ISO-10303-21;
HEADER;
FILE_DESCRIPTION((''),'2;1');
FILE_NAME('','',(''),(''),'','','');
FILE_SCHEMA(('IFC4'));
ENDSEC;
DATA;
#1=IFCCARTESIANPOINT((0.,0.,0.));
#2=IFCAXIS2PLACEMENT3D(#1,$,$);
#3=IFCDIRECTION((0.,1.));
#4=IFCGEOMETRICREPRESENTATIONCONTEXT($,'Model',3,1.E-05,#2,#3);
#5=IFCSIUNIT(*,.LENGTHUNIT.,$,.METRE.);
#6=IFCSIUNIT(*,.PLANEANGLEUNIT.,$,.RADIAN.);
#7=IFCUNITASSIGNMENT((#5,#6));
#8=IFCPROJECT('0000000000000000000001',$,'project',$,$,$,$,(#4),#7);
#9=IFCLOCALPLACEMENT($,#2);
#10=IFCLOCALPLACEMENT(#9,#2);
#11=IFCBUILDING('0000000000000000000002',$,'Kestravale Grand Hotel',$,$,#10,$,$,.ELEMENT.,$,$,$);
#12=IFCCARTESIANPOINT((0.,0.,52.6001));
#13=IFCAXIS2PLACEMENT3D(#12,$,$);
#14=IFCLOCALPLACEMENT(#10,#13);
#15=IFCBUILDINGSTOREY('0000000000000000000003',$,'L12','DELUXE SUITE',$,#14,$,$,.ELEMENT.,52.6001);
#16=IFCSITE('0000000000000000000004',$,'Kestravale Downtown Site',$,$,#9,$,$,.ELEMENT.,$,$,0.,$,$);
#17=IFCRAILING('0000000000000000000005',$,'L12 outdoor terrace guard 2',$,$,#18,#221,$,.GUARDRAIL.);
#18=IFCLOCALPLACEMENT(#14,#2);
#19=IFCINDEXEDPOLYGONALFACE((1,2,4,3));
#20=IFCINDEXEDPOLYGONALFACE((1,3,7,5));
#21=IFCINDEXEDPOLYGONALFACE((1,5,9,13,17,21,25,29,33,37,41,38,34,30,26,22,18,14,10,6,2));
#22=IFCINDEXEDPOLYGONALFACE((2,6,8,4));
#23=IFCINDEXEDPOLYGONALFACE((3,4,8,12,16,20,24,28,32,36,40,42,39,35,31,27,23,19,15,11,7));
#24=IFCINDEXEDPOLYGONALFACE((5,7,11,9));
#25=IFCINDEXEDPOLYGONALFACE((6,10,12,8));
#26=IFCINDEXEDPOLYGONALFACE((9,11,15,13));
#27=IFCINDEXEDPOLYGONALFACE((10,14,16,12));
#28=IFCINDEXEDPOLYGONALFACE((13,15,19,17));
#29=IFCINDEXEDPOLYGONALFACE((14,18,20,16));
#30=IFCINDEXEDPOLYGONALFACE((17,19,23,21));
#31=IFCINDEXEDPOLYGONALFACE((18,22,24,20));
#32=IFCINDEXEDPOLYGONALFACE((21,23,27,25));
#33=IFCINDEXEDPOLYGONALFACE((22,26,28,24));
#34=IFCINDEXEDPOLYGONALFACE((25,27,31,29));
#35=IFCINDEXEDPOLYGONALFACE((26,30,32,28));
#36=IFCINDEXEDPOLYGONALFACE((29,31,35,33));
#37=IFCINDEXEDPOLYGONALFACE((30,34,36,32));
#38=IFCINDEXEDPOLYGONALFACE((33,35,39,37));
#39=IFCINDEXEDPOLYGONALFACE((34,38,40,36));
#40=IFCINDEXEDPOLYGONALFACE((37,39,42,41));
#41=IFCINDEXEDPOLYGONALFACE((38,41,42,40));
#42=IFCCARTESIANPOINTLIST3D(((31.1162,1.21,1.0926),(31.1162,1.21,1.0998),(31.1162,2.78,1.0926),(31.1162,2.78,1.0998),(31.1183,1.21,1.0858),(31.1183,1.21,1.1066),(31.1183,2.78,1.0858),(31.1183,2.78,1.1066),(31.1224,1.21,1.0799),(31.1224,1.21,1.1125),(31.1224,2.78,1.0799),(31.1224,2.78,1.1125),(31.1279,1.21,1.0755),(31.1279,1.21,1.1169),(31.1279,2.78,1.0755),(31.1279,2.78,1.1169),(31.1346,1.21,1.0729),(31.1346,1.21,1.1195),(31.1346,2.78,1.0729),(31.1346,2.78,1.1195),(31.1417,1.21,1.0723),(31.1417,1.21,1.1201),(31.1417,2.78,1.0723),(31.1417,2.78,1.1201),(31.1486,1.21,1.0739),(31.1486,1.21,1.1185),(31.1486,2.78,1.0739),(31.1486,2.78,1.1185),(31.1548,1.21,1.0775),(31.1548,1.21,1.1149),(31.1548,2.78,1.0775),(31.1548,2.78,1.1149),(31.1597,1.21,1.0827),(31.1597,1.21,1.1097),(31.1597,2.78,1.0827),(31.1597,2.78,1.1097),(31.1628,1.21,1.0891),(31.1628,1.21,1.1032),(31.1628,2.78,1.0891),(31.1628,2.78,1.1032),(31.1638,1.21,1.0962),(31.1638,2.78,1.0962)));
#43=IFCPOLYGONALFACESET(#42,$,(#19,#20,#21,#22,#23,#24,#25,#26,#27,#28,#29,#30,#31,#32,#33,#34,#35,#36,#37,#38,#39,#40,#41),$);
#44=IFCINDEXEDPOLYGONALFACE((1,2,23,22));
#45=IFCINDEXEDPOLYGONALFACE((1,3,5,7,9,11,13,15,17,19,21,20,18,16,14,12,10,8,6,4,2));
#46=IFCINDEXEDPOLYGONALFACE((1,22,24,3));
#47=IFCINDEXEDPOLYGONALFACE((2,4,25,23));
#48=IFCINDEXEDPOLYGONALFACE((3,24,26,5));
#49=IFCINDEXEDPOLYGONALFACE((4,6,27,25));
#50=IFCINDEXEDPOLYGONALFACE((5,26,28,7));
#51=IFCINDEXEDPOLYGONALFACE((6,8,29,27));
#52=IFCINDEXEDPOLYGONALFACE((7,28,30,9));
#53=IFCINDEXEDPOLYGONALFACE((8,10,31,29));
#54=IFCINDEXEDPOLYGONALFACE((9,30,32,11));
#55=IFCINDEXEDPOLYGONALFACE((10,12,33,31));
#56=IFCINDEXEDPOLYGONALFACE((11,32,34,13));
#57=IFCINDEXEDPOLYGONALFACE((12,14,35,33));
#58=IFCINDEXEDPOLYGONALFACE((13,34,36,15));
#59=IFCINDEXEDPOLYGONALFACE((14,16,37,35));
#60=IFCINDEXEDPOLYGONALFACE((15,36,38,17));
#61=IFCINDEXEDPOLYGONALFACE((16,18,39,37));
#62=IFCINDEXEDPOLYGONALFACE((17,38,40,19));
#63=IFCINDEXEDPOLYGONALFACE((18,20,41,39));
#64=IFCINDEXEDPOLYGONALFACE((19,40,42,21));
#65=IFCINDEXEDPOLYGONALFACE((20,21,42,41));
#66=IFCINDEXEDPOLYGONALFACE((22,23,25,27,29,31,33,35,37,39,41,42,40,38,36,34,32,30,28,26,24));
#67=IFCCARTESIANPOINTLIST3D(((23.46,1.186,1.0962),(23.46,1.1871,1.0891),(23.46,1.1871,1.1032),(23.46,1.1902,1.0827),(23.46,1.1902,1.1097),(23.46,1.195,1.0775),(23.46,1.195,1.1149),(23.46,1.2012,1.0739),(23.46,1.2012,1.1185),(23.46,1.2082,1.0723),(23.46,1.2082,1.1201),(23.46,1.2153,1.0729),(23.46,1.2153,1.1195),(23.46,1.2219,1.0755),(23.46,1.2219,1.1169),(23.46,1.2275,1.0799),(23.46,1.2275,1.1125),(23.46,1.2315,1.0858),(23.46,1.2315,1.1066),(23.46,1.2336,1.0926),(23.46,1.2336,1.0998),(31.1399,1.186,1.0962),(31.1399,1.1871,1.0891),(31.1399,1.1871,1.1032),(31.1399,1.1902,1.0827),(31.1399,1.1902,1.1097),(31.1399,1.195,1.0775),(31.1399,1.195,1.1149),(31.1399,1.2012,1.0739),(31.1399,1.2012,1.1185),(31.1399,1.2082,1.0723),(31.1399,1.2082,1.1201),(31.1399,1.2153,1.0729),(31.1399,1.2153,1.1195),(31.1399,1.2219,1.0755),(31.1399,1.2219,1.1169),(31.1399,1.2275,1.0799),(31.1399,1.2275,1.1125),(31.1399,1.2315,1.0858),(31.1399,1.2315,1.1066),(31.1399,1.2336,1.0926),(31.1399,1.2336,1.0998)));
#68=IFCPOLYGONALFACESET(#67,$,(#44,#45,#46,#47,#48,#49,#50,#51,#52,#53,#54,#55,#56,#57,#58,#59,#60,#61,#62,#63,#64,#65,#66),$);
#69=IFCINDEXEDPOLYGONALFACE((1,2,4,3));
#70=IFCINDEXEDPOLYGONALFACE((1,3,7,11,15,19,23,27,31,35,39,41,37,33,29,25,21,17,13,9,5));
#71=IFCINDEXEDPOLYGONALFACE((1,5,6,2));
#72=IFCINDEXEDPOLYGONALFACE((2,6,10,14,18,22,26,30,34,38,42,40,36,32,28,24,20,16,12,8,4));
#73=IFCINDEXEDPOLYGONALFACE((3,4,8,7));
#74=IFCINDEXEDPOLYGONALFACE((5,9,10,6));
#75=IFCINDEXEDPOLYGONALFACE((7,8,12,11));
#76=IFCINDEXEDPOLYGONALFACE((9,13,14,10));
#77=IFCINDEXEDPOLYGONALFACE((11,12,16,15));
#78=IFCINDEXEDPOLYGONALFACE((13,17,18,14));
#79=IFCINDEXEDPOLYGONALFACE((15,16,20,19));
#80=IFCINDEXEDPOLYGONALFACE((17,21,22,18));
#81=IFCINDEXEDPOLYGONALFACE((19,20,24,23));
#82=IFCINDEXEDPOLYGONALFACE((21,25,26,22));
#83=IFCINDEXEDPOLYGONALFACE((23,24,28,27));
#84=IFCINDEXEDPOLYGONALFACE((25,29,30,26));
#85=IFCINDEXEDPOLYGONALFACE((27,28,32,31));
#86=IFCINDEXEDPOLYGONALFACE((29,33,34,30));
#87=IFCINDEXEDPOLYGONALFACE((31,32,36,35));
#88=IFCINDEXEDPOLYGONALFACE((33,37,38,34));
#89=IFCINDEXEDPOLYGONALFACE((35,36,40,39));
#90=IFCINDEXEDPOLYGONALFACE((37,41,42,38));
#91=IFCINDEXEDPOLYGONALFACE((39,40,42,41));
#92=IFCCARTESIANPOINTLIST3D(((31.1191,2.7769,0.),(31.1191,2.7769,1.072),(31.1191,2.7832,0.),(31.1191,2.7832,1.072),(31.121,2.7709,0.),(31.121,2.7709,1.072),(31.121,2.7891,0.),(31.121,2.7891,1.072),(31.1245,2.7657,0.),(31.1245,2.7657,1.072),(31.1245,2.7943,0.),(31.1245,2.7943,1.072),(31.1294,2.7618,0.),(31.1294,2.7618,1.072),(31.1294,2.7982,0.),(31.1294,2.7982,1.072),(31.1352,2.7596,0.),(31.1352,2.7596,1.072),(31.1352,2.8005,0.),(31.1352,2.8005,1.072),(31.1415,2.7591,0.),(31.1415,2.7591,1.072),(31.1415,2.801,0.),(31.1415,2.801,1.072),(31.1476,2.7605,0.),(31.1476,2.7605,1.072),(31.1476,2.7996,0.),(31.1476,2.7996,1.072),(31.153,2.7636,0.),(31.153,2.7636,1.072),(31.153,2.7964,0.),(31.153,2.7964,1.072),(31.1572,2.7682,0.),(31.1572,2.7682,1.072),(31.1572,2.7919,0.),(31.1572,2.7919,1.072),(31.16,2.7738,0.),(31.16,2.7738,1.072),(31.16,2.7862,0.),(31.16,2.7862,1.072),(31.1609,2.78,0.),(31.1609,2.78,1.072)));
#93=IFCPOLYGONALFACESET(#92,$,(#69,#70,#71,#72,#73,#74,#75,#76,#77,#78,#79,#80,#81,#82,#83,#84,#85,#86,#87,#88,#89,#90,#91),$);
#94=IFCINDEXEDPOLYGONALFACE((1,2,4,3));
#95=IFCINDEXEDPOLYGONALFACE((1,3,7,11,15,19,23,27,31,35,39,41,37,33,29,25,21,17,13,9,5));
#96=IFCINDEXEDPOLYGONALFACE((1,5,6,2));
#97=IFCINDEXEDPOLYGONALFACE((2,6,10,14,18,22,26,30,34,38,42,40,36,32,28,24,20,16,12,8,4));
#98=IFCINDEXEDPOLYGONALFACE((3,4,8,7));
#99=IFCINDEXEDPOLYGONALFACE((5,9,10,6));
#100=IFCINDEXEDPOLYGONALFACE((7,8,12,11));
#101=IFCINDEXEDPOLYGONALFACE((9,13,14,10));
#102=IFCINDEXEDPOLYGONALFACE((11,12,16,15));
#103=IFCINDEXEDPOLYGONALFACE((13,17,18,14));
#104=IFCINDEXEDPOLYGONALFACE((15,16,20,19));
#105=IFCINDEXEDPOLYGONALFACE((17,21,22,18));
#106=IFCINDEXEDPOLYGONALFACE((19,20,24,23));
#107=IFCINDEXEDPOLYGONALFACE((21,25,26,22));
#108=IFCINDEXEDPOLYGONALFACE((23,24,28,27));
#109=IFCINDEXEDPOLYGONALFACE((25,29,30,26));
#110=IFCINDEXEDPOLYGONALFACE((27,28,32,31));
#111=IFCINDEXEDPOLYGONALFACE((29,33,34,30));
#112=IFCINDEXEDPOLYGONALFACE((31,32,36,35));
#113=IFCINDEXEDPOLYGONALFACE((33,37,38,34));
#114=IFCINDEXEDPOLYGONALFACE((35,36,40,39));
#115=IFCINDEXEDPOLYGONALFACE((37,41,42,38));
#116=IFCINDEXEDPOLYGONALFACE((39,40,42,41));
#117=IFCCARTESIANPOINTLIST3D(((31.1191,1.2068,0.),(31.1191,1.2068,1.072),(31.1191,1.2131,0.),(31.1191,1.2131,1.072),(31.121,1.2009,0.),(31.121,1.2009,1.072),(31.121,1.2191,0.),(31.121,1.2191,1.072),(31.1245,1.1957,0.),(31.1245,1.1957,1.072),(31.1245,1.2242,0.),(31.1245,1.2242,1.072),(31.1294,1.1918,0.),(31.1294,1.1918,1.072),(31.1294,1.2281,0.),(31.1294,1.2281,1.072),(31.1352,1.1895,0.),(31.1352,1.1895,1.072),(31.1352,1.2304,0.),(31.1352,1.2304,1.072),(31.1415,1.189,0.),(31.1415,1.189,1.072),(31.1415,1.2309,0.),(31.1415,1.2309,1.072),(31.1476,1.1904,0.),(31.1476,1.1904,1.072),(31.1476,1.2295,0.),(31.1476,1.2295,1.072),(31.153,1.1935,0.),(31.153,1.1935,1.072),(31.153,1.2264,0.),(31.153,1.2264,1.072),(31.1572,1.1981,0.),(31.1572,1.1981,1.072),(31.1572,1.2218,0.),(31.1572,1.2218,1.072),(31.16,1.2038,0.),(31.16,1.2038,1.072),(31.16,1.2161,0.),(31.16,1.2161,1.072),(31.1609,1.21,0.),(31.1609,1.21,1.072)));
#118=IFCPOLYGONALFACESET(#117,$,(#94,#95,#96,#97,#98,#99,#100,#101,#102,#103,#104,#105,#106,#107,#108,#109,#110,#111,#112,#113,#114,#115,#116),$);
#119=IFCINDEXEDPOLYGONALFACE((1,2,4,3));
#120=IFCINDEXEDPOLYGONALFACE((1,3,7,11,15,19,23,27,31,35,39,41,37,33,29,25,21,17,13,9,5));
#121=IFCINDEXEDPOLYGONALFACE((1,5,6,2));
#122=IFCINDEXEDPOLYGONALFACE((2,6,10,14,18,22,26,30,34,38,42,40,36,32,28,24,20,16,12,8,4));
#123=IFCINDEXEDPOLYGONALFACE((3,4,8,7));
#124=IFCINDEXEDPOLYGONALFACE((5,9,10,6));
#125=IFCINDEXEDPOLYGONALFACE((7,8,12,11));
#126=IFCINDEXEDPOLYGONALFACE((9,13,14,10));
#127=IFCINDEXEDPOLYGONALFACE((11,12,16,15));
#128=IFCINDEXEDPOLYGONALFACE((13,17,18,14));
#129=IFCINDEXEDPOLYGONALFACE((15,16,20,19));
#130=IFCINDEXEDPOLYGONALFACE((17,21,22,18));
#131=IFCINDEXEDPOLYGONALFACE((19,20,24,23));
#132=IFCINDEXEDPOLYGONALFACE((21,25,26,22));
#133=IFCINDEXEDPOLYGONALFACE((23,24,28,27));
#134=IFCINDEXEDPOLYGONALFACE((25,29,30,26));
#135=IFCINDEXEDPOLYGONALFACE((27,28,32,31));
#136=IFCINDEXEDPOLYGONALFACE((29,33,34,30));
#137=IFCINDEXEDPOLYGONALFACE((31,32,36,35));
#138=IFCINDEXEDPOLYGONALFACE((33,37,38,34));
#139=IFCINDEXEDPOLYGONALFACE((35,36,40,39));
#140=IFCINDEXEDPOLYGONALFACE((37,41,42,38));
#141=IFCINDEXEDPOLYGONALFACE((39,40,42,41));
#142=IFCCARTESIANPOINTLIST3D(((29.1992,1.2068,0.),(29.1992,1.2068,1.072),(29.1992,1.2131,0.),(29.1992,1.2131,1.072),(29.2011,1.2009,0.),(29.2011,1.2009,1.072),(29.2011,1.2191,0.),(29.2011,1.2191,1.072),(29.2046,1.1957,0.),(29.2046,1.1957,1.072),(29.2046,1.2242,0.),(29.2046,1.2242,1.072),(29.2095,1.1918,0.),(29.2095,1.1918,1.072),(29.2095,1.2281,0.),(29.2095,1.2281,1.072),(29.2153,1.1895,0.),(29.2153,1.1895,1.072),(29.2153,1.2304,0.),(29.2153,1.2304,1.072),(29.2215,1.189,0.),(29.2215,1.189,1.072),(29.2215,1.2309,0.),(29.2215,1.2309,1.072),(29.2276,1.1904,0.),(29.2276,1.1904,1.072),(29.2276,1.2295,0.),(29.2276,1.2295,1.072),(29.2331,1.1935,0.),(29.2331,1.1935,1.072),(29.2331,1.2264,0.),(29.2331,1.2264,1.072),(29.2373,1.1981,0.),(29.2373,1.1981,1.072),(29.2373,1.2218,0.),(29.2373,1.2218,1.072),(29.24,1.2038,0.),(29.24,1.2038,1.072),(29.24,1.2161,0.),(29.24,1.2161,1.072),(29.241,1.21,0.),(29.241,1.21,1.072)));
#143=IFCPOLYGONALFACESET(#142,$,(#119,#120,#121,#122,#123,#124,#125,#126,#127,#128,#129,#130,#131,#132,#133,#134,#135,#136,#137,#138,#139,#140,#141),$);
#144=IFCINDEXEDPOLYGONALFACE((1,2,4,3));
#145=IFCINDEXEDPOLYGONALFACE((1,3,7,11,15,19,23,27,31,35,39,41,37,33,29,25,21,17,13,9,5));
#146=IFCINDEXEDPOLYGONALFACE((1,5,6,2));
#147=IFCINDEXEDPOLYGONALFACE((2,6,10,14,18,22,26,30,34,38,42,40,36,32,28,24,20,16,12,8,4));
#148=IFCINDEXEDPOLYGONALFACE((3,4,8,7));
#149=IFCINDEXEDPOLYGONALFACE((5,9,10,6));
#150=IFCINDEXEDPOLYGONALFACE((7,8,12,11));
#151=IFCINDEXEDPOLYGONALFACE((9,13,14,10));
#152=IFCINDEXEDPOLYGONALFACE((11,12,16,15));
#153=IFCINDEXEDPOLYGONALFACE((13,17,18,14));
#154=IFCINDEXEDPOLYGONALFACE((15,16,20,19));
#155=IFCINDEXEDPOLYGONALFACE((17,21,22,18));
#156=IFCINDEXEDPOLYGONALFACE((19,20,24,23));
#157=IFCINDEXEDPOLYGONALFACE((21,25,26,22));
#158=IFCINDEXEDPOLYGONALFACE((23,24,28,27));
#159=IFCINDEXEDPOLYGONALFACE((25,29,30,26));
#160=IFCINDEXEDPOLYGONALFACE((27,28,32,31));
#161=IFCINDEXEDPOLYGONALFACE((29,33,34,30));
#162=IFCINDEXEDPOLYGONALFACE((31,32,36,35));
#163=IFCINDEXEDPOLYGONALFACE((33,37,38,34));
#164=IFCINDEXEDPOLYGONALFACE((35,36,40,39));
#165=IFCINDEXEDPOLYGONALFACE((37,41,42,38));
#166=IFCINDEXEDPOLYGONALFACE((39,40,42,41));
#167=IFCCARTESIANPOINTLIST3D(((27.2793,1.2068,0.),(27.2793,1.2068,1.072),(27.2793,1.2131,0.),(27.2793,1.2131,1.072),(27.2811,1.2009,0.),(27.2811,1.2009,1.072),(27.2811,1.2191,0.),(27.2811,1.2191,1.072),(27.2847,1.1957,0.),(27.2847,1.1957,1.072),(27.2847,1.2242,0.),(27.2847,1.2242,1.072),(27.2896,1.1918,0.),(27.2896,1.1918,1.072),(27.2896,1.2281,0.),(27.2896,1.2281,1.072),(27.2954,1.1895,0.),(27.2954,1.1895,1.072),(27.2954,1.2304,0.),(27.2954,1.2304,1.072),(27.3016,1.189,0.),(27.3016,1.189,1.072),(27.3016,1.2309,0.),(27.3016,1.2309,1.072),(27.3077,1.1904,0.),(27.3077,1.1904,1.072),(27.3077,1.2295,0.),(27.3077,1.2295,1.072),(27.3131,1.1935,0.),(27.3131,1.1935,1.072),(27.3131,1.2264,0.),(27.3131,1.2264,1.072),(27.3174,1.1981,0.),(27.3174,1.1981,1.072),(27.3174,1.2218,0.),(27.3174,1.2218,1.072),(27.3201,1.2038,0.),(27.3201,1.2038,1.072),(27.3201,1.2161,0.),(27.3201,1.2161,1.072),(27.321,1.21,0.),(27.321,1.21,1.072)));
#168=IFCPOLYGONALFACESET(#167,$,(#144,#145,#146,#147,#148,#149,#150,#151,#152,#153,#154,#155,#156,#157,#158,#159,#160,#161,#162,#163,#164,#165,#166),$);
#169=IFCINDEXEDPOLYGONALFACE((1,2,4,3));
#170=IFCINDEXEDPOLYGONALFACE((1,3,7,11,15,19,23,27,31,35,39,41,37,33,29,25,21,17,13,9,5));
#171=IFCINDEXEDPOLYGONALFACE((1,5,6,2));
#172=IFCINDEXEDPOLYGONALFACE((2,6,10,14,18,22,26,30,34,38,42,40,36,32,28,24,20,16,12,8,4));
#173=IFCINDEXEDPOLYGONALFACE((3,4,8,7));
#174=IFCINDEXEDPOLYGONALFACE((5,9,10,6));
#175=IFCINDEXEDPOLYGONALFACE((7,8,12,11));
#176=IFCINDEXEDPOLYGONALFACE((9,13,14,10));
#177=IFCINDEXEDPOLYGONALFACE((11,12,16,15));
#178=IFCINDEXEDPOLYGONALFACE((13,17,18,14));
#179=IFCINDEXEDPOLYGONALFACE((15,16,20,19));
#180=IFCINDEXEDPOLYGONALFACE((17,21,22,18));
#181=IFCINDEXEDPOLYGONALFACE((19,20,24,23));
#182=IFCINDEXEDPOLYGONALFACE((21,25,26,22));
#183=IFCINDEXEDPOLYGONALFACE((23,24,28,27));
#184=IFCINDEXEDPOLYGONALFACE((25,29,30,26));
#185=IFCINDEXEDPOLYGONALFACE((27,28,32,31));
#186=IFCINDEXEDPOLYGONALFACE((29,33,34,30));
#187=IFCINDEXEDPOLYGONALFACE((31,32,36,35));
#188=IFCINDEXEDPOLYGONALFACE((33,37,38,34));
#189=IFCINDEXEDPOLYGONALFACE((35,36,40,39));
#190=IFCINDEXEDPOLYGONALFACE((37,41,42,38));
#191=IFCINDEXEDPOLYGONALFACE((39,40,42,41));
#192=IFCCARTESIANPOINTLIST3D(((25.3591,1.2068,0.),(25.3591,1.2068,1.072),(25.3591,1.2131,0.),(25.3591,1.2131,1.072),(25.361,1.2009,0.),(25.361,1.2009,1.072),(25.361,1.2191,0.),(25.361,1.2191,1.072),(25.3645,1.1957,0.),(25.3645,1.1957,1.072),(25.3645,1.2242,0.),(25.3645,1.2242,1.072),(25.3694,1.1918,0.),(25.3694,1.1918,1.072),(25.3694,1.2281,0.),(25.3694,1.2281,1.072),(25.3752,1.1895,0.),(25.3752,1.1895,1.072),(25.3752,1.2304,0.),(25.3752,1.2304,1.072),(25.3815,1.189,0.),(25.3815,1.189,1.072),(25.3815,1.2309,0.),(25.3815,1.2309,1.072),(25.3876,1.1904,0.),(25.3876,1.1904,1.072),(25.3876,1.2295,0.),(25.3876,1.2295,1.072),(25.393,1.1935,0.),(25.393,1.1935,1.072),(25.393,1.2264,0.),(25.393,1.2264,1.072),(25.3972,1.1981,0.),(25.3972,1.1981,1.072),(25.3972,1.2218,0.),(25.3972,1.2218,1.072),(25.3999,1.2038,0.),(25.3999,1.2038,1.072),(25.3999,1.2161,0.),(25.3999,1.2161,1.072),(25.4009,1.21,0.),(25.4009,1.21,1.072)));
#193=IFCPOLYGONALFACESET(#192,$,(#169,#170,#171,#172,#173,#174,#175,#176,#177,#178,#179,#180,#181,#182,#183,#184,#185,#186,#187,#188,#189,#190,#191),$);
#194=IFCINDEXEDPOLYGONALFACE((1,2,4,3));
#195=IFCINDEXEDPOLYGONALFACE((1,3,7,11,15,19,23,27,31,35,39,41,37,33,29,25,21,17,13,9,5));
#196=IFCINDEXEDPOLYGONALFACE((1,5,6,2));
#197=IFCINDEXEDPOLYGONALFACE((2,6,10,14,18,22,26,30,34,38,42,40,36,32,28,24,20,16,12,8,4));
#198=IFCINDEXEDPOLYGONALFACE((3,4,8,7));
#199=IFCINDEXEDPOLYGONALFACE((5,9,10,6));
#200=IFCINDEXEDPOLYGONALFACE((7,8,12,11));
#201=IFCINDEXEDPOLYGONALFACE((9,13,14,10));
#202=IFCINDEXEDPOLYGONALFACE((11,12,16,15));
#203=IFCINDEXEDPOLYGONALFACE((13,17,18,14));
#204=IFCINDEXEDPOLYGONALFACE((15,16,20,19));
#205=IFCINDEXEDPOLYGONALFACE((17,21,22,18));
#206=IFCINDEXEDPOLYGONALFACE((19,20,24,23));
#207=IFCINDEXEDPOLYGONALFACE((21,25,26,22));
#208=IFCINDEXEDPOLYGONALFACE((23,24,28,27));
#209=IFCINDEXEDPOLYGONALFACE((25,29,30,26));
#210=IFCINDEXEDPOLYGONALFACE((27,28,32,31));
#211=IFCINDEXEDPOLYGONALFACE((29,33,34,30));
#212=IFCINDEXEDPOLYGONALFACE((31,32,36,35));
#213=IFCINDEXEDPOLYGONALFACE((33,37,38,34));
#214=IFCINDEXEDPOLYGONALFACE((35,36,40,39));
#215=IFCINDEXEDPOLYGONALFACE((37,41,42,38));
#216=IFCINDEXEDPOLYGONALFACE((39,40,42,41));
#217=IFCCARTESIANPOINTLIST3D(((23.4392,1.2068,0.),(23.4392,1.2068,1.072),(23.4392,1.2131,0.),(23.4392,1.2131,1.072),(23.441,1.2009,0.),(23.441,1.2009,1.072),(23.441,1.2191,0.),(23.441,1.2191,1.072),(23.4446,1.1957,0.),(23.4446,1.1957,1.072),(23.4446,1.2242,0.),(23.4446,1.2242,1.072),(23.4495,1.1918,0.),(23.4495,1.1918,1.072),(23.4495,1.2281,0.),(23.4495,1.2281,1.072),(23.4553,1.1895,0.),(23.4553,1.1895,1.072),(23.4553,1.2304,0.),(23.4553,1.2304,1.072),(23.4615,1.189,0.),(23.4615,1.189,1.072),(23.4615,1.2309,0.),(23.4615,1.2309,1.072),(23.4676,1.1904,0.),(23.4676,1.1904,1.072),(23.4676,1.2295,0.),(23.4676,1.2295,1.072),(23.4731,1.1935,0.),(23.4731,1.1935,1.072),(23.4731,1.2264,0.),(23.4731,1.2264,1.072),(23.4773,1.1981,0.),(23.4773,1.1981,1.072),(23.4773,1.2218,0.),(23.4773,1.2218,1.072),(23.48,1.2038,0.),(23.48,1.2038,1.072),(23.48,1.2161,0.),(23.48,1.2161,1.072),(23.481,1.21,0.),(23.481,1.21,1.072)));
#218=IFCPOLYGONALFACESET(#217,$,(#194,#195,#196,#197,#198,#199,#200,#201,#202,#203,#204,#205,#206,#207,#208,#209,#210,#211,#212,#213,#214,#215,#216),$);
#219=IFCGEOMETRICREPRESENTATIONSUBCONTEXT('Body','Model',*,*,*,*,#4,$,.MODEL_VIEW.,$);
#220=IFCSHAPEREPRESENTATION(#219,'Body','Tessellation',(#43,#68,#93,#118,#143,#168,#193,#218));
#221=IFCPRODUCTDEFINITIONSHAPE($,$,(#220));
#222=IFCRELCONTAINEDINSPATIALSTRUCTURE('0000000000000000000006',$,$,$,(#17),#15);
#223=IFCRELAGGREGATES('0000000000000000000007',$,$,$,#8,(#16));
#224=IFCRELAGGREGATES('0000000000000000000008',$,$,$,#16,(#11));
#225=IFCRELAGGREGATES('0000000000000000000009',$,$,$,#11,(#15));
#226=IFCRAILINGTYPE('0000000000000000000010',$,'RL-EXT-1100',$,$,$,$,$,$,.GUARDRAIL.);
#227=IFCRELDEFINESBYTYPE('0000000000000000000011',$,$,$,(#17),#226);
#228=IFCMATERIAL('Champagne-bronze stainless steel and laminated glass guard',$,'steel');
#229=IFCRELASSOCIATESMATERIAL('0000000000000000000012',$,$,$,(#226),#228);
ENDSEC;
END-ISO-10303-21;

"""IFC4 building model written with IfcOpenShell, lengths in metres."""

from ifc_helpers import new_model, si_unit, direction, frame, origin, origin_2d, place, context, subcontext, project, spatial, circle, extrude, material, type_object, element, save


model = new_model("IFC4")

# Units and contexts
model_context = context("Model", 3, precision=1e-05, world=origin(), true_north=direction((0.0, 1.0)))
body_context = subcontext(model_context, "Body", "Model", "MODEL_VIEW")
ifc_project = project(units=[si_unit("LENGTHUNIT", "METRE"), si_unit("PLANEANGLEUNIT", "RADIAN")], contexts=[model_context])

# Site, building, storey
site_placement = place(None, origin())
site = spatial("IfcSite", under=ifc_project, at=site_placement, Name="Kestravale Downtown Site", CompositionType="ELEMENT", RefElevation=0.0)
building_placement = place(site_placement, origin())
building = spatial("IfcBuilding", under=site, at=building_placement, Name="Kestravale Grand Hotel", CompositionType="ELEMENT")
storey_placement = place(building_placement, frame((0.0, 0.0, 52.6001)))
storey = spatial("IfcBuildingStorey", under=building, at=storey_placement, Name="L12", Description="DELUXE SUITE", CompositionType="ELEMENT", Elevation=52.6001)

# Railing
ifc_material_1 = material(Name="Champagne-bronze stainless steel and laminated glass guard", Category="steel")
railing_type = type_object("IfcRailingType", Name="RL-EXT-1100", PredefinedType="GUARDRAIL", material=ifc_material_1)
railing_1_placement = place(storey_placement, frame((31.1399, 2.78, 0.0)))
element("IfcRailing", 1, at=railing_1_placement, inside=storey, type_object=railing_type, Name="L12 outdoor terrace guard 2", PredefinedType="GUARDRAIL", context=body_context, shape_type="SweptSolid", body=[
    extrude(circle(Radius=0.0239, at=origin_2d()), frame((0.0, 0.0, 1.0962), z_axis=(0.0, -1.0, 0.0), x_axis=(1.0, 0.0, 0.0)), (0.0, 0.0, 1.0), 1.5701),
    extrude(circle(Radius=0.0239, at=origin_2d()), frame((0.0, -1.5701, 1.0962), z_axis=(-1.0, 0.0, 0.0), x_axis=(0.0, -1.0, 0.0)), (0.0, 0.0, 1.0), 7.6799),
    extrude(circle(Radius=0.021, at=origin_2d()), origin(), (0.0, 0.0, 1.0), 1.072),
    extrude(circle(Radius=0.021, at=origin_2d()), frame((0.0, -1.5701, 0.0)), (0.0, 0.0, 1.0), 1.072),
    extrude(circle(Radius=0.021, at=origin_2d()), frame((-1.9199, -1.5701, 0.0)), (0.0, 0.0, 1.0), 1.072),
    extrude(circle(Radius=0.021, at=origin_2d()), frame((-3.8398, -1.5701, 0.0)), (0.0, 0.0, 1.0), 1.072),
    extrude(circle(Radius=0.021, at=origin_2d()), frame((-5.76, -1.5701, 0.0)), (0.0, 0.0, 1.0), 1.072),
    extrude(circle(Radius=0.021, at=origin_2d()), frame((-7.6799, -1.5701, 0.0)), (0.0, 0.0, 1.0), 1.072),
])

save(model, "model.ifc")
